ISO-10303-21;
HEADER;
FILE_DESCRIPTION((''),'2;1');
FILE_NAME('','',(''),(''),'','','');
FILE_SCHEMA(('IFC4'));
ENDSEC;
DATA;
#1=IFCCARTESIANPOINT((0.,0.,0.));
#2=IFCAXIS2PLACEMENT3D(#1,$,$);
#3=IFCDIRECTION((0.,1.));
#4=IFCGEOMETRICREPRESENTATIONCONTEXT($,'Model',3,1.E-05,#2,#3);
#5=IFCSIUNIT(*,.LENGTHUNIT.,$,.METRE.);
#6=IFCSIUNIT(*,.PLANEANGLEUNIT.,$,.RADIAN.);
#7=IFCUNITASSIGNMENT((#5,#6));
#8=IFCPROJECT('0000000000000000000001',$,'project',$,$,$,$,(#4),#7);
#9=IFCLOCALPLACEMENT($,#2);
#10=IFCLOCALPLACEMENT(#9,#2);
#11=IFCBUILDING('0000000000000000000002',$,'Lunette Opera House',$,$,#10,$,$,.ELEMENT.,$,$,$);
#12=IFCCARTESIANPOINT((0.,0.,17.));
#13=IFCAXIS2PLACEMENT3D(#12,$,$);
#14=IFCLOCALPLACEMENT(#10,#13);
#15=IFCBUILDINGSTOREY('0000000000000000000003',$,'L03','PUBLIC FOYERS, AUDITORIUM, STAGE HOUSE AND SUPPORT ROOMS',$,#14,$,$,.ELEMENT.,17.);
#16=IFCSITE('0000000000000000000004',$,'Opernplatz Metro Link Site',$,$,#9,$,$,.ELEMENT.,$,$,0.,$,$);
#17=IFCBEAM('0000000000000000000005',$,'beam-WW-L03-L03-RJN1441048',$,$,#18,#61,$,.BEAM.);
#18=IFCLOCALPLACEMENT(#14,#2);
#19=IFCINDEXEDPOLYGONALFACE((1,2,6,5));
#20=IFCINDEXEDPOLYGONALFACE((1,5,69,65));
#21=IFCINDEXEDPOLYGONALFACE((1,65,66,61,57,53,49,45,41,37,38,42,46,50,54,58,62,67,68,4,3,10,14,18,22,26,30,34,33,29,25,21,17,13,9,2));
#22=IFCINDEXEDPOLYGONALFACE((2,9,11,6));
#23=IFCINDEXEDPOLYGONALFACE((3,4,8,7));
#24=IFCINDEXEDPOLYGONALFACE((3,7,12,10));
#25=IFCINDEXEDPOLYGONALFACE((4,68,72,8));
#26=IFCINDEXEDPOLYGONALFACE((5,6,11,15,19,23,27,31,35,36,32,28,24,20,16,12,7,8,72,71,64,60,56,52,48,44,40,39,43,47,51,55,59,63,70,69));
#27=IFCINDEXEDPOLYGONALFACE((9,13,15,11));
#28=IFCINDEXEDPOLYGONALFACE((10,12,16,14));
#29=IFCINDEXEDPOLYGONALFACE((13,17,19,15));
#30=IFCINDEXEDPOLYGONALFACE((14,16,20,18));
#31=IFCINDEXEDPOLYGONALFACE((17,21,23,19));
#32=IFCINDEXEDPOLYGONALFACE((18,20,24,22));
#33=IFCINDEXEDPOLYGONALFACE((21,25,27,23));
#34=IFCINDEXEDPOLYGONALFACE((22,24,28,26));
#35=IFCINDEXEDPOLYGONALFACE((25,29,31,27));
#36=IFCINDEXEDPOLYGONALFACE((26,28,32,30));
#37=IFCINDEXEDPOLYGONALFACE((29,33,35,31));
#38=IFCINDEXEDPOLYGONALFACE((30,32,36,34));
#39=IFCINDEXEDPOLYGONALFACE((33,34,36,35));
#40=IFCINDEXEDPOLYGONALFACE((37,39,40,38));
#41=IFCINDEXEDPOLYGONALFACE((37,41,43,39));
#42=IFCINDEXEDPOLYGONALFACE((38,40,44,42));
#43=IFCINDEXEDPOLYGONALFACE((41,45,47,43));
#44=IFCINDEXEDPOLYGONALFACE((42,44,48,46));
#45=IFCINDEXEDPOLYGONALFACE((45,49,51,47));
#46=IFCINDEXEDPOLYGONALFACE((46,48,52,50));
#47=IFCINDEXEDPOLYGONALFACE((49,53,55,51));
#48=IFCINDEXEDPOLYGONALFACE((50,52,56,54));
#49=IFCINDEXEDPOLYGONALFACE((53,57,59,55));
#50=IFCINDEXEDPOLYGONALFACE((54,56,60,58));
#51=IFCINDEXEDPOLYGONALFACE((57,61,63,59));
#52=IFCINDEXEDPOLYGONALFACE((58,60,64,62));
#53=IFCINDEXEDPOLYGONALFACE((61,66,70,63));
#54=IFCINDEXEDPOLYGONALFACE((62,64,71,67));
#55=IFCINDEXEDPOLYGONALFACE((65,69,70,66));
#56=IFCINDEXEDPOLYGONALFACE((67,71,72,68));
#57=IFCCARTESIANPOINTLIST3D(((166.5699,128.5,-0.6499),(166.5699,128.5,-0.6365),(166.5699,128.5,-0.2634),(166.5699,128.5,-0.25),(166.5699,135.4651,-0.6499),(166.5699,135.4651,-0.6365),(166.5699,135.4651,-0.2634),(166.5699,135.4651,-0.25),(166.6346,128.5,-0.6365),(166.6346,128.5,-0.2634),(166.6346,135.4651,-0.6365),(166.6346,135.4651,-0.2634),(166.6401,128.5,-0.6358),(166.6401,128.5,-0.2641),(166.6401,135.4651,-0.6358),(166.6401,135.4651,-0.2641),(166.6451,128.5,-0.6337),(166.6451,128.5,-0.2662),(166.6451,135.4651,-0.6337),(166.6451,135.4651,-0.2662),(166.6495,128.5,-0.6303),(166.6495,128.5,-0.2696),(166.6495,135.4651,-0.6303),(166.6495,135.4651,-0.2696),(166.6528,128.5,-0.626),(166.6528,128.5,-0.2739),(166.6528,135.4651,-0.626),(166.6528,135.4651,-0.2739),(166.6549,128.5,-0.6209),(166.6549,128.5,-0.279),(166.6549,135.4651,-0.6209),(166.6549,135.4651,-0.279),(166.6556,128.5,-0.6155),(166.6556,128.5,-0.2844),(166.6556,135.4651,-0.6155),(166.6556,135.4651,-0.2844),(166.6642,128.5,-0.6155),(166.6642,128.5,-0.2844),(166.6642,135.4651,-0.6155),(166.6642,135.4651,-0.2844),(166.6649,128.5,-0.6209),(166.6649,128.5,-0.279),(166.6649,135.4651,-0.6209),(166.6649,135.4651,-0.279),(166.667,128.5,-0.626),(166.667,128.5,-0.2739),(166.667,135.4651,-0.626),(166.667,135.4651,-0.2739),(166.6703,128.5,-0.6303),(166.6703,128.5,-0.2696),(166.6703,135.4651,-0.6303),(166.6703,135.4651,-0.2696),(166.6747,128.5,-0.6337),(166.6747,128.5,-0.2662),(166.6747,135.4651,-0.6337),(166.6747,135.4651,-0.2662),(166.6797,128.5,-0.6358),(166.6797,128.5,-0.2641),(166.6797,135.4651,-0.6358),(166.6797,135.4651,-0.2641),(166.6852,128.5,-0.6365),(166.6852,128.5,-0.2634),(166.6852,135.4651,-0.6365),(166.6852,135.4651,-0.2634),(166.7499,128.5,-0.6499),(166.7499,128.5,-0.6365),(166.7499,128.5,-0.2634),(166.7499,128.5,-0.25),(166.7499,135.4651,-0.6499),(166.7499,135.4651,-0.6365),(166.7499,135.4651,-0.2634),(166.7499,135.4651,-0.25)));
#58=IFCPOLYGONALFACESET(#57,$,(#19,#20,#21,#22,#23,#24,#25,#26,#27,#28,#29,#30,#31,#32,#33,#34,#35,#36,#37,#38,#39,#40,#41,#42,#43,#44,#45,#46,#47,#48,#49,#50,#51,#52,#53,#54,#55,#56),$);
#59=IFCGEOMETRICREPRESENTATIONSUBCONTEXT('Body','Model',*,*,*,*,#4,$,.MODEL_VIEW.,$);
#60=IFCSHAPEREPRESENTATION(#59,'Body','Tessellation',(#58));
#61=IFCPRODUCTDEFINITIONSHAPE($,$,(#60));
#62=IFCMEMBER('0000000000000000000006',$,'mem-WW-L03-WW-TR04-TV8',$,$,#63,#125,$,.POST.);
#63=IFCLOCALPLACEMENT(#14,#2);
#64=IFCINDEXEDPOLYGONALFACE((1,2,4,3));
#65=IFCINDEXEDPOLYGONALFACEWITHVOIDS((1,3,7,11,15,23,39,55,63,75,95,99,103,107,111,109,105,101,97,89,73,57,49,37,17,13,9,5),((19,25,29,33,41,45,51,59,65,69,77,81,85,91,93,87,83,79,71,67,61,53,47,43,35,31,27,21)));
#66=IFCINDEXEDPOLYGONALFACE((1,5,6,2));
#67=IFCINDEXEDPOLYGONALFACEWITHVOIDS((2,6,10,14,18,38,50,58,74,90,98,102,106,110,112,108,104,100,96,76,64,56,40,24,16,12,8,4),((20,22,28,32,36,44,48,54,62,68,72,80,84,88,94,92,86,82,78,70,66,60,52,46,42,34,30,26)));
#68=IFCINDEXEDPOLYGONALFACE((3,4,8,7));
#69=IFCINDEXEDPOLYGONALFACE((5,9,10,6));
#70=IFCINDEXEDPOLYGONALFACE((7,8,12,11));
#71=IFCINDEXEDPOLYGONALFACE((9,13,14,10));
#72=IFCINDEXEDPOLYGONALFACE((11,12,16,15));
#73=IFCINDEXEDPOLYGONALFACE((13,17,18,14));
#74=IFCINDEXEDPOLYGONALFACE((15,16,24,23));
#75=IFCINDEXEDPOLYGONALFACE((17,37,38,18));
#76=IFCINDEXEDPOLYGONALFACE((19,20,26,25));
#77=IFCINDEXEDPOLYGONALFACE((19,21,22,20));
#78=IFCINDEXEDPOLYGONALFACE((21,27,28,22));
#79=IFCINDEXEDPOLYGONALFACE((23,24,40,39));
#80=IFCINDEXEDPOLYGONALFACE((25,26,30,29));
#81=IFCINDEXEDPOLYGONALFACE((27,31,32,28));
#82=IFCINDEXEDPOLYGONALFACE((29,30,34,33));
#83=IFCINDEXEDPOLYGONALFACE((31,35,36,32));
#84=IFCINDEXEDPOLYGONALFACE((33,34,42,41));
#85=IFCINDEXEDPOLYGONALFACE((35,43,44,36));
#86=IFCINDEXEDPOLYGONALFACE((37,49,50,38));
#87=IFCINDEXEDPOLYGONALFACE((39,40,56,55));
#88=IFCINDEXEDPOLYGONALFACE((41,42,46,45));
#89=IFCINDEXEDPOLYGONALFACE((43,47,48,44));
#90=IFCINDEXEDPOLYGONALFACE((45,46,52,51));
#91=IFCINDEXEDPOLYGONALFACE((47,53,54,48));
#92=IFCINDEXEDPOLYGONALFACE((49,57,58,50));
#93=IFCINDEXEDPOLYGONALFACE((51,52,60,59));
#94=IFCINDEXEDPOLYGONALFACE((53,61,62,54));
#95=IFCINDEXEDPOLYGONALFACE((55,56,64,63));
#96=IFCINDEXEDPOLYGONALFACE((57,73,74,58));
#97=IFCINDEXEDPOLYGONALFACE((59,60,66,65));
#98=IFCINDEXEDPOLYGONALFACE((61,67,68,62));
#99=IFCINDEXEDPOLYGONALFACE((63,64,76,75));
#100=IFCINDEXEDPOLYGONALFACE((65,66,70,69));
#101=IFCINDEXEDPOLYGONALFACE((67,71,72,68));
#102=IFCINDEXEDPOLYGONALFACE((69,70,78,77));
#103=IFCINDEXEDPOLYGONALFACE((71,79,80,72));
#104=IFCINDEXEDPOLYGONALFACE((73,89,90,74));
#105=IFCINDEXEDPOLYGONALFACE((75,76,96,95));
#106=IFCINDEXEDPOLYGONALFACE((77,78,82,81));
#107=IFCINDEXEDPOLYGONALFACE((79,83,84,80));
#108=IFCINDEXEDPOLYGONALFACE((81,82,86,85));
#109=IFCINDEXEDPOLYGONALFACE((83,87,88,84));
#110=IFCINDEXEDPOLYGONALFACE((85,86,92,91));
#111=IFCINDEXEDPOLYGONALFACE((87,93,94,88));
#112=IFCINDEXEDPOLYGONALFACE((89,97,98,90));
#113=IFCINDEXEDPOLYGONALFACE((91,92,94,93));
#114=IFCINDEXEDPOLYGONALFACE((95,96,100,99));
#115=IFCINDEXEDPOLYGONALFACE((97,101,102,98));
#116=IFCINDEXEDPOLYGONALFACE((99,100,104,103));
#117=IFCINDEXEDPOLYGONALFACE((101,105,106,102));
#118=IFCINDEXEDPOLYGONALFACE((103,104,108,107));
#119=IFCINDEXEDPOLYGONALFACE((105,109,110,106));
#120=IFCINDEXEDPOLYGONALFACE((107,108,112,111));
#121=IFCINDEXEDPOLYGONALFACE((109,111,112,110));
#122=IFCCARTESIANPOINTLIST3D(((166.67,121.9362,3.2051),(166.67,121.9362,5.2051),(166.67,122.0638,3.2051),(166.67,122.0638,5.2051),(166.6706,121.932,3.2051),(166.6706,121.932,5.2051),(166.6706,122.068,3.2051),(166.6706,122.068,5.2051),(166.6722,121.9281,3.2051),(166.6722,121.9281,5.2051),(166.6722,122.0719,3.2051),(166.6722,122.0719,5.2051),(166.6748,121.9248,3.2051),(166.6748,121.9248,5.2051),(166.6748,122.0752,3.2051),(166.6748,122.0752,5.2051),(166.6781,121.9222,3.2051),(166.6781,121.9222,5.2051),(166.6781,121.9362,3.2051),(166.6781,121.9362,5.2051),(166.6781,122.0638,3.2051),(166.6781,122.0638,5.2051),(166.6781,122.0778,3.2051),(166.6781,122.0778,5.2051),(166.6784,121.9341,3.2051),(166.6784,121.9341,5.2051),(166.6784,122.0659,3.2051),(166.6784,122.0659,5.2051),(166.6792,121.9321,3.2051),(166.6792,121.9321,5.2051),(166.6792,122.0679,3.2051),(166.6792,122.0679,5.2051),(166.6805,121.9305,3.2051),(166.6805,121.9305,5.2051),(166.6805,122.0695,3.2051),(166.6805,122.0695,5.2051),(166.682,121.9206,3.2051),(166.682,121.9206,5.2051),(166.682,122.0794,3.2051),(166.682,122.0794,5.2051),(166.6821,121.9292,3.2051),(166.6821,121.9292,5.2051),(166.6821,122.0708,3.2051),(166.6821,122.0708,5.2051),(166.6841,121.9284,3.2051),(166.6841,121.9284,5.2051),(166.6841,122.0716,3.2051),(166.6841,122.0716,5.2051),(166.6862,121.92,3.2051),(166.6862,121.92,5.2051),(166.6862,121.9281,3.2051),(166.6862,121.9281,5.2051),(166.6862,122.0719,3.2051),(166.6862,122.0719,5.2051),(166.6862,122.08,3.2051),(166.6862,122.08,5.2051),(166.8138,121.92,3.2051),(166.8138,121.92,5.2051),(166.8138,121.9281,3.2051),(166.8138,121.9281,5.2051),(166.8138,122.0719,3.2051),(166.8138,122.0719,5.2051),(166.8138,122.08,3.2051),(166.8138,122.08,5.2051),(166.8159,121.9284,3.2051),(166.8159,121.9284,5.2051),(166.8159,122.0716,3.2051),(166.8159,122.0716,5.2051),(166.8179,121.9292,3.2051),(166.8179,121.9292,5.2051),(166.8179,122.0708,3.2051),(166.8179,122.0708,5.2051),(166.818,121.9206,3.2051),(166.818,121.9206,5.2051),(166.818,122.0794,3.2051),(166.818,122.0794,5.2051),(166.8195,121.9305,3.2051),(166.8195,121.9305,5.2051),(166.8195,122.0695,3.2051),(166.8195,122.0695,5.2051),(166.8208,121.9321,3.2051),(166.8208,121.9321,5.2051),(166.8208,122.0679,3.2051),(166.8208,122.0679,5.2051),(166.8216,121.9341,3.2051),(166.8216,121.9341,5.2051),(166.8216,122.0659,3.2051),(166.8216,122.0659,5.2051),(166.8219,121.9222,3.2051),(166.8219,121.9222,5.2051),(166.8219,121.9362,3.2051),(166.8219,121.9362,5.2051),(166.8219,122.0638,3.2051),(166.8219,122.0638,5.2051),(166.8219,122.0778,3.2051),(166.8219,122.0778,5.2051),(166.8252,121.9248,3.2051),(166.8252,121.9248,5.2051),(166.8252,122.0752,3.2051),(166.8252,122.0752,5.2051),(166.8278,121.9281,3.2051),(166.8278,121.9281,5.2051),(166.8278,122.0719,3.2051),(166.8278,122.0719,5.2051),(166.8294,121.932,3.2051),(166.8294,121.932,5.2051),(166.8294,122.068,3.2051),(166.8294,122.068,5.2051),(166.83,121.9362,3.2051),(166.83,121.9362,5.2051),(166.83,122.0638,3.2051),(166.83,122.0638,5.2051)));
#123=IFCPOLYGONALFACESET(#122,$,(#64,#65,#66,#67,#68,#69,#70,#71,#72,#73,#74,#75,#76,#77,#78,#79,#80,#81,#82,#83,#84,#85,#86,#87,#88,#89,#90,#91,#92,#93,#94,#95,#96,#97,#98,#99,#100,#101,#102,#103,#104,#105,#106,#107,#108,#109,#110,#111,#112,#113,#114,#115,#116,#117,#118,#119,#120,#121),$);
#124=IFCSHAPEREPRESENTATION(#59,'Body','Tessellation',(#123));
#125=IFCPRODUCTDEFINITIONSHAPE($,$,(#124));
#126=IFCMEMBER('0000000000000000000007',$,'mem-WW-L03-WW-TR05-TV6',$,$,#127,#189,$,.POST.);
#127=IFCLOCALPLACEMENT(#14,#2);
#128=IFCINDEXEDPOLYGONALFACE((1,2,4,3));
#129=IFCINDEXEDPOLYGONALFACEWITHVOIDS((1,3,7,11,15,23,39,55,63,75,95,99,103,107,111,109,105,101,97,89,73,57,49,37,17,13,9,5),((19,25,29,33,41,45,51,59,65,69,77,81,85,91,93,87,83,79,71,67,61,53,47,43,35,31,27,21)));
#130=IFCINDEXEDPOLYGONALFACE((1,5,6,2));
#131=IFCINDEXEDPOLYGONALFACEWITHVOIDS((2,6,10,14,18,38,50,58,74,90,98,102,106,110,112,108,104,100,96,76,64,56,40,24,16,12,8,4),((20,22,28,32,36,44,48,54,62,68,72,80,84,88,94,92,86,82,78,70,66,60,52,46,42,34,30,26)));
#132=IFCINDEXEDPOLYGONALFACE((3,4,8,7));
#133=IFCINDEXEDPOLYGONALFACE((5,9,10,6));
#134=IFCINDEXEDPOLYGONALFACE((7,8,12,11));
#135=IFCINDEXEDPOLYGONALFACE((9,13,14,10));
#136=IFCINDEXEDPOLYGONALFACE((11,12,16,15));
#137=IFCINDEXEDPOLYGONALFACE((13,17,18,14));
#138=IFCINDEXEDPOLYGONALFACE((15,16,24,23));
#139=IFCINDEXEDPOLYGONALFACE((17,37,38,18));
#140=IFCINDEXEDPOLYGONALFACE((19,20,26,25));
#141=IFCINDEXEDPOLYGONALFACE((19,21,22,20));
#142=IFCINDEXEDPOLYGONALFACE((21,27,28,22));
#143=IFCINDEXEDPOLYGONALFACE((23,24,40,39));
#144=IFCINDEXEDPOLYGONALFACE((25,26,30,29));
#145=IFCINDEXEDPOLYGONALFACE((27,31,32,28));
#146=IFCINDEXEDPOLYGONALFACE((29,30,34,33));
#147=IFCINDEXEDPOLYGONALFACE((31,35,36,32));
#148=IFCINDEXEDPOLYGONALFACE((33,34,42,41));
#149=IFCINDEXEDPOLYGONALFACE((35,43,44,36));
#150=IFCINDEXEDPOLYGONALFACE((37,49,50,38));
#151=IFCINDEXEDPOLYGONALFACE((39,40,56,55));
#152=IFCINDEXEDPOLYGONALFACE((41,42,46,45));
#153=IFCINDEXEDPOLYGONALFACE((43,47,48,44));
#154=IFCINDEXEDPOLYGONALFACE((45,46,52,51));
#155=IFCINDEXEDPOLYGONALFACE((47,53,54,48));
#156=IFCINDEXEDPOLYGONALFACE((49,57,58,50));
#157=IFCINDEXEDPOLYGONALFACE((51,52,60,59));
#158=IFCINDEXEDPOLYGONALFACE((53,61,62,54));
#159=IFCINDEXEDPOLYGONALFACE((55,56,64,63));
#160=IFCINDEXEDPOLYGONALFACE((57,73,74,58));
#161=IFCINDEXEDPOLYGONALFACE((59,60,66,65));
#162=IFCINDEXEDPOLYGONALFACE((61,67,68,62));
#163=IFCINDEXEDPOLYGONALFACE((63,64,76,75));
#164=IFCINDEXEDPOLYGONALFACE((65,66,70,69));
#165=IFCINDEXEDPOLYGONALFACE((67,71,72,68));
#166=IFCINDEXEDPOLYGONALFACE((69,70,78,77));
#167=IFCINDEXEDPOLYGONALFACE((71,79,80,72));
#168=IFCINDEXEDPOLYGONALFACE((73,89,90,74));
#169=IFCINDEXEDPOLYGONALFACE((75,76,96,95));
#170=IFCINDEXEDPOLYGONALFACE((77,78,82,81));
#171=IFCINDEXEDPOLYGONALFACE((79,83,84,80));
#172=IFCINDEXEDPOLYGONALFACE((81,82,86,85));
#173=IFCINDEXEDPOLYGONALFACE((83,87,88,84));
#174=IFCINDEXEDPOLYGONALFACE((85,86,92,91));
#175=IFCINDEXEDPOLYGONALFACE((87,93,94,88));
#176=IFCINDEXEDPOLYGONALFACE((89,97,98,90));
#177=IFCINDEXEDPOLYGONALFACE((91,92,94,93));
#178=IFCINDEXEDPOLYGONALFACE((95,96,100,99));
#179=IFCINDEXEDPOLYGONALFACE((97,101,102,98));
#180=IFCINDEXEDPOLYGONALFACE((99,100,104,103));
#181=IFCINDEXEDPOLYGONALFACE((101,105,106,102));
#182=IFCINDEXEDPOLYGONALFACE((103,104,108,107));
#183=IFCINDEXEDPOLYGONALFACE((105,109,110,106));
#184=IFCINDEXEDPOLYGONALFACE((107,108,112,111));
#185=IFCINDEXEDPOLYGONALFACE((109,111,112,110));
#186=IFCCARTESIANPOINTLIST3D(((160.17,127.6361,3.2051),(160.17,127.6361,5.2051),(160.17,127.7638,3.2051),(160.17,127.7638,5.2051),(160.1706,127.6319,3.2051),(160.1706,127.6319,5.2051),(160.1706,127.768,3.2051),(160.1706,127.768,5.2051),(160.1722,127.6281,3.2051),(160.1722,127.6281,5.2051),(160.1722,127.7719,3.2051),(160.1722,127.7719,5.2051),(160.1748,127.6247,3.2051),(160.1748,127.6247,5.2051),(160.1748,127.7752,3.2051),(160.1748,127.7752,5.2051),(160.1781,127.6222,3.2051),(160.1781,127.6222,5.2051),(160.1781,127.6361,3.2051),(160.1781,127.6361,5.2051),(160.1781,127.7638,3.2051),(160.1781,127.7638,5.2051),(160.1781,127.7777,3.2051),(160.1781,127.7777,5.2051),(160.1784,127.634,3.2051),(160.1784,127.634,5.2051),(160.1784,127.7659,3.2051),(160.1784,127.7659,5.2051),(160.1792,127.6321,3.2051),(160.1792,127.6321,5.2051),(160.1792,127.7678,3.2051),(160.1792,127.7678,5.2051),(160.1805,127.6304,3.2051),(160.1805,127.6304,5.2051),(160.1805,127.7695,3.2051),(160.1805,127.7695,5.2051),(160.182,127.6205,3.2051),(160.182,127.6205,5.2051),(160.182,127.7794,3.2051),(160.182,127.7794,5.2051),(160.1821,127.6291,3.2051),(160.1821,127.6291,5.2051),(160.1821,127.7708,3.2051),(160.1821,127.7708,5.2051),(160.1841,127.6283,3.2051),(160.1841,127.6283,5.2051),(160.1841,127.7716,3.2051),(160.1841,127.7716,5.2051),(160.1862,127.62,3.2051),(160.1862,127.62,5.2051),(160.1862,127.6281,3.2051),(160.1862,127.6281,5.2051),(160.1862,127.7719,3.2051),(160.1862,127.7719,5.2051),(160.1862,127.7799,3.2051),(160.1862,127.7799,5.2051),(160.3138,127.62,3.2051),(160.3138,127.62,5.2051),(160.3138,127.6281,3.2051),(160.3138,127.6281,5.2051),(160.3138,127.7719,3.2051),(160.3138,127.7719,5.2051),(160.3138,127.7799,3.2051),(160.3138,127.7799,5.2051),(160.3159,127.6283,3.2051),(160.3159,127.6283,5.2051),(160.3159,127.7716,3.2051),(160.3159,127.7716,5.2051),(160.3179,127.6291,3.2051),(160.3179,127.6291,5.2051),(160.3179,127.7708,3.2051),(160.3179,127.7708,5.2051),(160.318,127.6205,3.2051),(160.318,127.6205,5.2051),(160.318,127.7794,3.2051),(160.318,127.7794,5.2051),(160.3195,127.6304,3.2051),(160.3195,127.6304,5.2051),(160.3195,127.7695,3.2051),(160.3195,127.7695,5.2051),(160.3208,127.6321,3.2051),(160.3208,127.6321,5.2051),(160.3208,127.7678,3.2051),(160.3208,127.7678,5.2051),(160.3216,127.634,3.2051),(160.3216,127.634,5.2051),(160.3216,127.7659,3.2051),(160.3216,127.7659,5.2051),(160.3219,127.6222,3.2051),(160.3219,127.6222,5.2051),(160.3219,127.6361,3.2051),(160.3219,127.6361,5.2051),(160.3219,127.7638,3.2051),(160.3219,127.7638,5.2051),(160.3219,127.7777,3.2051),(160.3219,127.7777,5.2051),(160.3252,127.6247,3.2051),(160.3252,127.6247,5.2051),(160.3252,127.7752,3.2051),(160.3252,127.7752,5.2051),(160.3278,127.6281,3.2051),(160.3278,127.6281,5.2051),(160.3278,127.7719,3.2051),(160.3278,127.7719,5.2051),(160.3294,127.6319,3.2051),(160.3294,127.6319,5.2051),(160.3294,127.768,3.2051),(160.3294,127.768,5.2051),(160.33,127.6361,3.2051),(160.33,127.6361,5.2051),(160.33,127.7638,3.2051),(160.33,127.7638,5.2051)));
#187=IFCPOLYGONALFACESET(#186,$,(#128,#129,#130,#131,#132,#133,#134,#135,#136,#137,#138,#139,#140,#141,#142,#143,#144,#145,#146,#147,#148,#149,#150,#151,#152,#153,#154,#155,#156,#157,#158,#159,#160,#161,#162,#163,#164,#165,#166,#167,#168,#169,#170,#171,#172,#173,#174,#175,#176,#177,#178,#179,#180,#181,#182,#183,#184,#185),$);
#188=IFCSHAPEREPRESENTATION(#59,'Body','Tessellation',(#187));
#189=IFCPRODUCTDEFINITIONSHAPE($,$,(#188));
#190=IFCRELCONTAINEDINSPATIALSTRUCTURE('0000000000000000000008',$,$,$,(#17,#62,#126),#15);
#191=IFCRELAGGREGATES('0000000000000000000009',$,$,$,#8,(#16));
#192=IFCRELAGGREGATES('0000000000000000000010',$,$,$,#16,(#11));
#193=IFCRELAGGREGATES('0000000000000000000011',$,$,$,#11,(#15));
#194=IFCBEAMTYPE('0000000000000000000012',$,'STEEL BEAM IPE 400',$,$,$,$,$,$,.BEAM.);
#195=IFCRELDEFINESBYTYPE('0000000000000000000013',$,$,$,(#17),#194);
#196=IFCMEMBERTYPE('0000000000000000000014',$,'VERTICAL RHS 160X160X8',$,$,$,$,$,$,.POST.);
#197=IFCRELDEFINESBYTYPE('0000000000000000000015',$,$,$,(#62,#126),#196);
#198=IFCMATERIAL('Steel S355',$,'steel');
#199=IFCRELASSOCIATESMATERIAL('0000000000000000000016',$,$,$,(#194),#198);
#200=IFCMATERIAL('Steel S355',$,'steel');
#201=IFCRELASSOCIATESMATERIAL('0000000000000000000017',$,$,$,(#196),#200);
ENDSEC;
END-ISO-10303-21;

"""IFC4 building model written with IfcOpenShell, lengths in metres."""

from ifc_helpers import new_model, si_unit, direction, frame, origin, origin_2d, place, context, subcontext, project, spatial, hollow_rectangle, i_section, extrude, material, material_profile, profile_set, type_object, element, save


model = new_model("IFC4")

# Units and contexts
model_context = context("Model", 3, precision=1e-05, world=origin(), true_north=direction((0.0, 1.0)))
body_context = subcontext(model_context, "Body", "Model", "MODEL_VIEW")
ifc_project = project(units=[si_unit("LENGTHUNIT", "METRE"), si_unit("PLANEANGLEUNIT", "RADIAN")], contexts=[model_context])

# Site, building, storey
site_placement = place(None, origin())
site = spatial("IfcSite", under=ifc_project, at=site_placement, Name="Opernplatz Metro Link Site", CompositionType="ELEMENT", RefElevation=0.0)
building_placement = place(site_placement, origin())
building = spatial("IfcBuilding", under=site, at=building_placement, Name="Lunette Opera House", CompositionType="ELEMENT")
storey_placement = place(building_placement, frame((0.0, 0.0, 17.0)))
storey = spatial("IfcBuildingStorey", under=building, at=storey_placement, Name="L03", Description="PUBLIC FOYERS, AUDITORIUM, STAGE HOUSE AND SUPPORT ROOMS", CompositionType="ELEMENT", Elevation=17.0)

# Beam
ifc_material_1 = material(Name="Steel S355", Category="steel")
ifc_material_profile_1 = material_profile(ifc_material_1, i_section(OverallWidth=0.1799, OverallDepth=0.3999, WebThickness=0.0085, FlangeThickness=0.0134, FilletRadius=0.021, at=origin_2d()), Name="IPE 400")
ifc_profile_set_1 = profile_set([ifc_material_profile_1], Name="Steel S355")
beam_type_1 = type_object("IfcBeamType", Name="STEEL BEAM IPE 400", PredefinedType="BEAM", material=ifc_profile_set_1)
for number, where, z_axis, x_axis, name in (
    (1, (166.6599, 128.5, -0.45), (0.0, 1.0, 0.0), (-1.0, 0.0, 0.0), "beam-WW-L03-L03-RJN1441048"),
):
    element("IfcBeam", number, at=place(storey_placement, frame(where, z_axis=z_axis, x_axis=x_axis)), inside=storey, type_object=beam_type_1, Name=name, PredefinedType="BEAM", context=body_context, shape_type="SweptSolid", body=[
        extrude(i_section(OverallWidth=0.1799, OverallDepth=0.3999, WebThickness=0.0085, FlangeThickness=0.0134, FilletRadius=0.021, at=origin_2d()), origin(), (0.0, 0.0, 1.0), 6.9651),
    ])

# Members
ifc_material_2 = material(Name="Steel S355", Category="steel")
ifc_material_profile_2 = material_profile(ifc_material_2, hollow_rectangle(XDim=0.1599, YDim=0.1599, WallThickness=0.0081, InnerFilletRadius=0.0081, OuterFilletRadius=0.0161, at=origin_2d()), Name="RHS 160X160X8")
ifc_profile_set_2 = profile_set([ifc_material_profile_2], Name="Steel S355")
member_type_1 = type_object("IfcMemberType", Name="VERTICAL RHS 160X160X8", PredefinedType="POST", material=ifc_profile_set_2)
for number, where, z_axis, x_axis, name in (
    (2, (166.75, 122.0, 3.2051), (0.0, 0.0, 1.0), (1.0, 0.0, 0.0), "mem-WW-L03-WW-TR04-TV8"),
    (3, (160.25, 127.7, 3.2051), (0.0, 0.0, 1.0), (1.0, 0.0, 0.0), "mem-WW-L03-WW-TR05-TV6"),
):
    element("IfcMember", number, at=place(storey_placement, frame(where, z_axis=z_axis, x_axis=x_axis)), inside=storey, type_object=member_type_1, Name=name, PredefinedType="POST", context=body_context, shape_type="SweptSolid", body=[
        extrude(hollow_rectangle(XDim=0.1599, YDim=0.1599, WallThickness=0.0081, InnerFilletRadius=0.0081, OuterFilletRadius=0.0161, at=origin_2d()), origin(), (0.0, 0.0, 1.0), 2.0),
    ])

save(model, "model.ifc")
